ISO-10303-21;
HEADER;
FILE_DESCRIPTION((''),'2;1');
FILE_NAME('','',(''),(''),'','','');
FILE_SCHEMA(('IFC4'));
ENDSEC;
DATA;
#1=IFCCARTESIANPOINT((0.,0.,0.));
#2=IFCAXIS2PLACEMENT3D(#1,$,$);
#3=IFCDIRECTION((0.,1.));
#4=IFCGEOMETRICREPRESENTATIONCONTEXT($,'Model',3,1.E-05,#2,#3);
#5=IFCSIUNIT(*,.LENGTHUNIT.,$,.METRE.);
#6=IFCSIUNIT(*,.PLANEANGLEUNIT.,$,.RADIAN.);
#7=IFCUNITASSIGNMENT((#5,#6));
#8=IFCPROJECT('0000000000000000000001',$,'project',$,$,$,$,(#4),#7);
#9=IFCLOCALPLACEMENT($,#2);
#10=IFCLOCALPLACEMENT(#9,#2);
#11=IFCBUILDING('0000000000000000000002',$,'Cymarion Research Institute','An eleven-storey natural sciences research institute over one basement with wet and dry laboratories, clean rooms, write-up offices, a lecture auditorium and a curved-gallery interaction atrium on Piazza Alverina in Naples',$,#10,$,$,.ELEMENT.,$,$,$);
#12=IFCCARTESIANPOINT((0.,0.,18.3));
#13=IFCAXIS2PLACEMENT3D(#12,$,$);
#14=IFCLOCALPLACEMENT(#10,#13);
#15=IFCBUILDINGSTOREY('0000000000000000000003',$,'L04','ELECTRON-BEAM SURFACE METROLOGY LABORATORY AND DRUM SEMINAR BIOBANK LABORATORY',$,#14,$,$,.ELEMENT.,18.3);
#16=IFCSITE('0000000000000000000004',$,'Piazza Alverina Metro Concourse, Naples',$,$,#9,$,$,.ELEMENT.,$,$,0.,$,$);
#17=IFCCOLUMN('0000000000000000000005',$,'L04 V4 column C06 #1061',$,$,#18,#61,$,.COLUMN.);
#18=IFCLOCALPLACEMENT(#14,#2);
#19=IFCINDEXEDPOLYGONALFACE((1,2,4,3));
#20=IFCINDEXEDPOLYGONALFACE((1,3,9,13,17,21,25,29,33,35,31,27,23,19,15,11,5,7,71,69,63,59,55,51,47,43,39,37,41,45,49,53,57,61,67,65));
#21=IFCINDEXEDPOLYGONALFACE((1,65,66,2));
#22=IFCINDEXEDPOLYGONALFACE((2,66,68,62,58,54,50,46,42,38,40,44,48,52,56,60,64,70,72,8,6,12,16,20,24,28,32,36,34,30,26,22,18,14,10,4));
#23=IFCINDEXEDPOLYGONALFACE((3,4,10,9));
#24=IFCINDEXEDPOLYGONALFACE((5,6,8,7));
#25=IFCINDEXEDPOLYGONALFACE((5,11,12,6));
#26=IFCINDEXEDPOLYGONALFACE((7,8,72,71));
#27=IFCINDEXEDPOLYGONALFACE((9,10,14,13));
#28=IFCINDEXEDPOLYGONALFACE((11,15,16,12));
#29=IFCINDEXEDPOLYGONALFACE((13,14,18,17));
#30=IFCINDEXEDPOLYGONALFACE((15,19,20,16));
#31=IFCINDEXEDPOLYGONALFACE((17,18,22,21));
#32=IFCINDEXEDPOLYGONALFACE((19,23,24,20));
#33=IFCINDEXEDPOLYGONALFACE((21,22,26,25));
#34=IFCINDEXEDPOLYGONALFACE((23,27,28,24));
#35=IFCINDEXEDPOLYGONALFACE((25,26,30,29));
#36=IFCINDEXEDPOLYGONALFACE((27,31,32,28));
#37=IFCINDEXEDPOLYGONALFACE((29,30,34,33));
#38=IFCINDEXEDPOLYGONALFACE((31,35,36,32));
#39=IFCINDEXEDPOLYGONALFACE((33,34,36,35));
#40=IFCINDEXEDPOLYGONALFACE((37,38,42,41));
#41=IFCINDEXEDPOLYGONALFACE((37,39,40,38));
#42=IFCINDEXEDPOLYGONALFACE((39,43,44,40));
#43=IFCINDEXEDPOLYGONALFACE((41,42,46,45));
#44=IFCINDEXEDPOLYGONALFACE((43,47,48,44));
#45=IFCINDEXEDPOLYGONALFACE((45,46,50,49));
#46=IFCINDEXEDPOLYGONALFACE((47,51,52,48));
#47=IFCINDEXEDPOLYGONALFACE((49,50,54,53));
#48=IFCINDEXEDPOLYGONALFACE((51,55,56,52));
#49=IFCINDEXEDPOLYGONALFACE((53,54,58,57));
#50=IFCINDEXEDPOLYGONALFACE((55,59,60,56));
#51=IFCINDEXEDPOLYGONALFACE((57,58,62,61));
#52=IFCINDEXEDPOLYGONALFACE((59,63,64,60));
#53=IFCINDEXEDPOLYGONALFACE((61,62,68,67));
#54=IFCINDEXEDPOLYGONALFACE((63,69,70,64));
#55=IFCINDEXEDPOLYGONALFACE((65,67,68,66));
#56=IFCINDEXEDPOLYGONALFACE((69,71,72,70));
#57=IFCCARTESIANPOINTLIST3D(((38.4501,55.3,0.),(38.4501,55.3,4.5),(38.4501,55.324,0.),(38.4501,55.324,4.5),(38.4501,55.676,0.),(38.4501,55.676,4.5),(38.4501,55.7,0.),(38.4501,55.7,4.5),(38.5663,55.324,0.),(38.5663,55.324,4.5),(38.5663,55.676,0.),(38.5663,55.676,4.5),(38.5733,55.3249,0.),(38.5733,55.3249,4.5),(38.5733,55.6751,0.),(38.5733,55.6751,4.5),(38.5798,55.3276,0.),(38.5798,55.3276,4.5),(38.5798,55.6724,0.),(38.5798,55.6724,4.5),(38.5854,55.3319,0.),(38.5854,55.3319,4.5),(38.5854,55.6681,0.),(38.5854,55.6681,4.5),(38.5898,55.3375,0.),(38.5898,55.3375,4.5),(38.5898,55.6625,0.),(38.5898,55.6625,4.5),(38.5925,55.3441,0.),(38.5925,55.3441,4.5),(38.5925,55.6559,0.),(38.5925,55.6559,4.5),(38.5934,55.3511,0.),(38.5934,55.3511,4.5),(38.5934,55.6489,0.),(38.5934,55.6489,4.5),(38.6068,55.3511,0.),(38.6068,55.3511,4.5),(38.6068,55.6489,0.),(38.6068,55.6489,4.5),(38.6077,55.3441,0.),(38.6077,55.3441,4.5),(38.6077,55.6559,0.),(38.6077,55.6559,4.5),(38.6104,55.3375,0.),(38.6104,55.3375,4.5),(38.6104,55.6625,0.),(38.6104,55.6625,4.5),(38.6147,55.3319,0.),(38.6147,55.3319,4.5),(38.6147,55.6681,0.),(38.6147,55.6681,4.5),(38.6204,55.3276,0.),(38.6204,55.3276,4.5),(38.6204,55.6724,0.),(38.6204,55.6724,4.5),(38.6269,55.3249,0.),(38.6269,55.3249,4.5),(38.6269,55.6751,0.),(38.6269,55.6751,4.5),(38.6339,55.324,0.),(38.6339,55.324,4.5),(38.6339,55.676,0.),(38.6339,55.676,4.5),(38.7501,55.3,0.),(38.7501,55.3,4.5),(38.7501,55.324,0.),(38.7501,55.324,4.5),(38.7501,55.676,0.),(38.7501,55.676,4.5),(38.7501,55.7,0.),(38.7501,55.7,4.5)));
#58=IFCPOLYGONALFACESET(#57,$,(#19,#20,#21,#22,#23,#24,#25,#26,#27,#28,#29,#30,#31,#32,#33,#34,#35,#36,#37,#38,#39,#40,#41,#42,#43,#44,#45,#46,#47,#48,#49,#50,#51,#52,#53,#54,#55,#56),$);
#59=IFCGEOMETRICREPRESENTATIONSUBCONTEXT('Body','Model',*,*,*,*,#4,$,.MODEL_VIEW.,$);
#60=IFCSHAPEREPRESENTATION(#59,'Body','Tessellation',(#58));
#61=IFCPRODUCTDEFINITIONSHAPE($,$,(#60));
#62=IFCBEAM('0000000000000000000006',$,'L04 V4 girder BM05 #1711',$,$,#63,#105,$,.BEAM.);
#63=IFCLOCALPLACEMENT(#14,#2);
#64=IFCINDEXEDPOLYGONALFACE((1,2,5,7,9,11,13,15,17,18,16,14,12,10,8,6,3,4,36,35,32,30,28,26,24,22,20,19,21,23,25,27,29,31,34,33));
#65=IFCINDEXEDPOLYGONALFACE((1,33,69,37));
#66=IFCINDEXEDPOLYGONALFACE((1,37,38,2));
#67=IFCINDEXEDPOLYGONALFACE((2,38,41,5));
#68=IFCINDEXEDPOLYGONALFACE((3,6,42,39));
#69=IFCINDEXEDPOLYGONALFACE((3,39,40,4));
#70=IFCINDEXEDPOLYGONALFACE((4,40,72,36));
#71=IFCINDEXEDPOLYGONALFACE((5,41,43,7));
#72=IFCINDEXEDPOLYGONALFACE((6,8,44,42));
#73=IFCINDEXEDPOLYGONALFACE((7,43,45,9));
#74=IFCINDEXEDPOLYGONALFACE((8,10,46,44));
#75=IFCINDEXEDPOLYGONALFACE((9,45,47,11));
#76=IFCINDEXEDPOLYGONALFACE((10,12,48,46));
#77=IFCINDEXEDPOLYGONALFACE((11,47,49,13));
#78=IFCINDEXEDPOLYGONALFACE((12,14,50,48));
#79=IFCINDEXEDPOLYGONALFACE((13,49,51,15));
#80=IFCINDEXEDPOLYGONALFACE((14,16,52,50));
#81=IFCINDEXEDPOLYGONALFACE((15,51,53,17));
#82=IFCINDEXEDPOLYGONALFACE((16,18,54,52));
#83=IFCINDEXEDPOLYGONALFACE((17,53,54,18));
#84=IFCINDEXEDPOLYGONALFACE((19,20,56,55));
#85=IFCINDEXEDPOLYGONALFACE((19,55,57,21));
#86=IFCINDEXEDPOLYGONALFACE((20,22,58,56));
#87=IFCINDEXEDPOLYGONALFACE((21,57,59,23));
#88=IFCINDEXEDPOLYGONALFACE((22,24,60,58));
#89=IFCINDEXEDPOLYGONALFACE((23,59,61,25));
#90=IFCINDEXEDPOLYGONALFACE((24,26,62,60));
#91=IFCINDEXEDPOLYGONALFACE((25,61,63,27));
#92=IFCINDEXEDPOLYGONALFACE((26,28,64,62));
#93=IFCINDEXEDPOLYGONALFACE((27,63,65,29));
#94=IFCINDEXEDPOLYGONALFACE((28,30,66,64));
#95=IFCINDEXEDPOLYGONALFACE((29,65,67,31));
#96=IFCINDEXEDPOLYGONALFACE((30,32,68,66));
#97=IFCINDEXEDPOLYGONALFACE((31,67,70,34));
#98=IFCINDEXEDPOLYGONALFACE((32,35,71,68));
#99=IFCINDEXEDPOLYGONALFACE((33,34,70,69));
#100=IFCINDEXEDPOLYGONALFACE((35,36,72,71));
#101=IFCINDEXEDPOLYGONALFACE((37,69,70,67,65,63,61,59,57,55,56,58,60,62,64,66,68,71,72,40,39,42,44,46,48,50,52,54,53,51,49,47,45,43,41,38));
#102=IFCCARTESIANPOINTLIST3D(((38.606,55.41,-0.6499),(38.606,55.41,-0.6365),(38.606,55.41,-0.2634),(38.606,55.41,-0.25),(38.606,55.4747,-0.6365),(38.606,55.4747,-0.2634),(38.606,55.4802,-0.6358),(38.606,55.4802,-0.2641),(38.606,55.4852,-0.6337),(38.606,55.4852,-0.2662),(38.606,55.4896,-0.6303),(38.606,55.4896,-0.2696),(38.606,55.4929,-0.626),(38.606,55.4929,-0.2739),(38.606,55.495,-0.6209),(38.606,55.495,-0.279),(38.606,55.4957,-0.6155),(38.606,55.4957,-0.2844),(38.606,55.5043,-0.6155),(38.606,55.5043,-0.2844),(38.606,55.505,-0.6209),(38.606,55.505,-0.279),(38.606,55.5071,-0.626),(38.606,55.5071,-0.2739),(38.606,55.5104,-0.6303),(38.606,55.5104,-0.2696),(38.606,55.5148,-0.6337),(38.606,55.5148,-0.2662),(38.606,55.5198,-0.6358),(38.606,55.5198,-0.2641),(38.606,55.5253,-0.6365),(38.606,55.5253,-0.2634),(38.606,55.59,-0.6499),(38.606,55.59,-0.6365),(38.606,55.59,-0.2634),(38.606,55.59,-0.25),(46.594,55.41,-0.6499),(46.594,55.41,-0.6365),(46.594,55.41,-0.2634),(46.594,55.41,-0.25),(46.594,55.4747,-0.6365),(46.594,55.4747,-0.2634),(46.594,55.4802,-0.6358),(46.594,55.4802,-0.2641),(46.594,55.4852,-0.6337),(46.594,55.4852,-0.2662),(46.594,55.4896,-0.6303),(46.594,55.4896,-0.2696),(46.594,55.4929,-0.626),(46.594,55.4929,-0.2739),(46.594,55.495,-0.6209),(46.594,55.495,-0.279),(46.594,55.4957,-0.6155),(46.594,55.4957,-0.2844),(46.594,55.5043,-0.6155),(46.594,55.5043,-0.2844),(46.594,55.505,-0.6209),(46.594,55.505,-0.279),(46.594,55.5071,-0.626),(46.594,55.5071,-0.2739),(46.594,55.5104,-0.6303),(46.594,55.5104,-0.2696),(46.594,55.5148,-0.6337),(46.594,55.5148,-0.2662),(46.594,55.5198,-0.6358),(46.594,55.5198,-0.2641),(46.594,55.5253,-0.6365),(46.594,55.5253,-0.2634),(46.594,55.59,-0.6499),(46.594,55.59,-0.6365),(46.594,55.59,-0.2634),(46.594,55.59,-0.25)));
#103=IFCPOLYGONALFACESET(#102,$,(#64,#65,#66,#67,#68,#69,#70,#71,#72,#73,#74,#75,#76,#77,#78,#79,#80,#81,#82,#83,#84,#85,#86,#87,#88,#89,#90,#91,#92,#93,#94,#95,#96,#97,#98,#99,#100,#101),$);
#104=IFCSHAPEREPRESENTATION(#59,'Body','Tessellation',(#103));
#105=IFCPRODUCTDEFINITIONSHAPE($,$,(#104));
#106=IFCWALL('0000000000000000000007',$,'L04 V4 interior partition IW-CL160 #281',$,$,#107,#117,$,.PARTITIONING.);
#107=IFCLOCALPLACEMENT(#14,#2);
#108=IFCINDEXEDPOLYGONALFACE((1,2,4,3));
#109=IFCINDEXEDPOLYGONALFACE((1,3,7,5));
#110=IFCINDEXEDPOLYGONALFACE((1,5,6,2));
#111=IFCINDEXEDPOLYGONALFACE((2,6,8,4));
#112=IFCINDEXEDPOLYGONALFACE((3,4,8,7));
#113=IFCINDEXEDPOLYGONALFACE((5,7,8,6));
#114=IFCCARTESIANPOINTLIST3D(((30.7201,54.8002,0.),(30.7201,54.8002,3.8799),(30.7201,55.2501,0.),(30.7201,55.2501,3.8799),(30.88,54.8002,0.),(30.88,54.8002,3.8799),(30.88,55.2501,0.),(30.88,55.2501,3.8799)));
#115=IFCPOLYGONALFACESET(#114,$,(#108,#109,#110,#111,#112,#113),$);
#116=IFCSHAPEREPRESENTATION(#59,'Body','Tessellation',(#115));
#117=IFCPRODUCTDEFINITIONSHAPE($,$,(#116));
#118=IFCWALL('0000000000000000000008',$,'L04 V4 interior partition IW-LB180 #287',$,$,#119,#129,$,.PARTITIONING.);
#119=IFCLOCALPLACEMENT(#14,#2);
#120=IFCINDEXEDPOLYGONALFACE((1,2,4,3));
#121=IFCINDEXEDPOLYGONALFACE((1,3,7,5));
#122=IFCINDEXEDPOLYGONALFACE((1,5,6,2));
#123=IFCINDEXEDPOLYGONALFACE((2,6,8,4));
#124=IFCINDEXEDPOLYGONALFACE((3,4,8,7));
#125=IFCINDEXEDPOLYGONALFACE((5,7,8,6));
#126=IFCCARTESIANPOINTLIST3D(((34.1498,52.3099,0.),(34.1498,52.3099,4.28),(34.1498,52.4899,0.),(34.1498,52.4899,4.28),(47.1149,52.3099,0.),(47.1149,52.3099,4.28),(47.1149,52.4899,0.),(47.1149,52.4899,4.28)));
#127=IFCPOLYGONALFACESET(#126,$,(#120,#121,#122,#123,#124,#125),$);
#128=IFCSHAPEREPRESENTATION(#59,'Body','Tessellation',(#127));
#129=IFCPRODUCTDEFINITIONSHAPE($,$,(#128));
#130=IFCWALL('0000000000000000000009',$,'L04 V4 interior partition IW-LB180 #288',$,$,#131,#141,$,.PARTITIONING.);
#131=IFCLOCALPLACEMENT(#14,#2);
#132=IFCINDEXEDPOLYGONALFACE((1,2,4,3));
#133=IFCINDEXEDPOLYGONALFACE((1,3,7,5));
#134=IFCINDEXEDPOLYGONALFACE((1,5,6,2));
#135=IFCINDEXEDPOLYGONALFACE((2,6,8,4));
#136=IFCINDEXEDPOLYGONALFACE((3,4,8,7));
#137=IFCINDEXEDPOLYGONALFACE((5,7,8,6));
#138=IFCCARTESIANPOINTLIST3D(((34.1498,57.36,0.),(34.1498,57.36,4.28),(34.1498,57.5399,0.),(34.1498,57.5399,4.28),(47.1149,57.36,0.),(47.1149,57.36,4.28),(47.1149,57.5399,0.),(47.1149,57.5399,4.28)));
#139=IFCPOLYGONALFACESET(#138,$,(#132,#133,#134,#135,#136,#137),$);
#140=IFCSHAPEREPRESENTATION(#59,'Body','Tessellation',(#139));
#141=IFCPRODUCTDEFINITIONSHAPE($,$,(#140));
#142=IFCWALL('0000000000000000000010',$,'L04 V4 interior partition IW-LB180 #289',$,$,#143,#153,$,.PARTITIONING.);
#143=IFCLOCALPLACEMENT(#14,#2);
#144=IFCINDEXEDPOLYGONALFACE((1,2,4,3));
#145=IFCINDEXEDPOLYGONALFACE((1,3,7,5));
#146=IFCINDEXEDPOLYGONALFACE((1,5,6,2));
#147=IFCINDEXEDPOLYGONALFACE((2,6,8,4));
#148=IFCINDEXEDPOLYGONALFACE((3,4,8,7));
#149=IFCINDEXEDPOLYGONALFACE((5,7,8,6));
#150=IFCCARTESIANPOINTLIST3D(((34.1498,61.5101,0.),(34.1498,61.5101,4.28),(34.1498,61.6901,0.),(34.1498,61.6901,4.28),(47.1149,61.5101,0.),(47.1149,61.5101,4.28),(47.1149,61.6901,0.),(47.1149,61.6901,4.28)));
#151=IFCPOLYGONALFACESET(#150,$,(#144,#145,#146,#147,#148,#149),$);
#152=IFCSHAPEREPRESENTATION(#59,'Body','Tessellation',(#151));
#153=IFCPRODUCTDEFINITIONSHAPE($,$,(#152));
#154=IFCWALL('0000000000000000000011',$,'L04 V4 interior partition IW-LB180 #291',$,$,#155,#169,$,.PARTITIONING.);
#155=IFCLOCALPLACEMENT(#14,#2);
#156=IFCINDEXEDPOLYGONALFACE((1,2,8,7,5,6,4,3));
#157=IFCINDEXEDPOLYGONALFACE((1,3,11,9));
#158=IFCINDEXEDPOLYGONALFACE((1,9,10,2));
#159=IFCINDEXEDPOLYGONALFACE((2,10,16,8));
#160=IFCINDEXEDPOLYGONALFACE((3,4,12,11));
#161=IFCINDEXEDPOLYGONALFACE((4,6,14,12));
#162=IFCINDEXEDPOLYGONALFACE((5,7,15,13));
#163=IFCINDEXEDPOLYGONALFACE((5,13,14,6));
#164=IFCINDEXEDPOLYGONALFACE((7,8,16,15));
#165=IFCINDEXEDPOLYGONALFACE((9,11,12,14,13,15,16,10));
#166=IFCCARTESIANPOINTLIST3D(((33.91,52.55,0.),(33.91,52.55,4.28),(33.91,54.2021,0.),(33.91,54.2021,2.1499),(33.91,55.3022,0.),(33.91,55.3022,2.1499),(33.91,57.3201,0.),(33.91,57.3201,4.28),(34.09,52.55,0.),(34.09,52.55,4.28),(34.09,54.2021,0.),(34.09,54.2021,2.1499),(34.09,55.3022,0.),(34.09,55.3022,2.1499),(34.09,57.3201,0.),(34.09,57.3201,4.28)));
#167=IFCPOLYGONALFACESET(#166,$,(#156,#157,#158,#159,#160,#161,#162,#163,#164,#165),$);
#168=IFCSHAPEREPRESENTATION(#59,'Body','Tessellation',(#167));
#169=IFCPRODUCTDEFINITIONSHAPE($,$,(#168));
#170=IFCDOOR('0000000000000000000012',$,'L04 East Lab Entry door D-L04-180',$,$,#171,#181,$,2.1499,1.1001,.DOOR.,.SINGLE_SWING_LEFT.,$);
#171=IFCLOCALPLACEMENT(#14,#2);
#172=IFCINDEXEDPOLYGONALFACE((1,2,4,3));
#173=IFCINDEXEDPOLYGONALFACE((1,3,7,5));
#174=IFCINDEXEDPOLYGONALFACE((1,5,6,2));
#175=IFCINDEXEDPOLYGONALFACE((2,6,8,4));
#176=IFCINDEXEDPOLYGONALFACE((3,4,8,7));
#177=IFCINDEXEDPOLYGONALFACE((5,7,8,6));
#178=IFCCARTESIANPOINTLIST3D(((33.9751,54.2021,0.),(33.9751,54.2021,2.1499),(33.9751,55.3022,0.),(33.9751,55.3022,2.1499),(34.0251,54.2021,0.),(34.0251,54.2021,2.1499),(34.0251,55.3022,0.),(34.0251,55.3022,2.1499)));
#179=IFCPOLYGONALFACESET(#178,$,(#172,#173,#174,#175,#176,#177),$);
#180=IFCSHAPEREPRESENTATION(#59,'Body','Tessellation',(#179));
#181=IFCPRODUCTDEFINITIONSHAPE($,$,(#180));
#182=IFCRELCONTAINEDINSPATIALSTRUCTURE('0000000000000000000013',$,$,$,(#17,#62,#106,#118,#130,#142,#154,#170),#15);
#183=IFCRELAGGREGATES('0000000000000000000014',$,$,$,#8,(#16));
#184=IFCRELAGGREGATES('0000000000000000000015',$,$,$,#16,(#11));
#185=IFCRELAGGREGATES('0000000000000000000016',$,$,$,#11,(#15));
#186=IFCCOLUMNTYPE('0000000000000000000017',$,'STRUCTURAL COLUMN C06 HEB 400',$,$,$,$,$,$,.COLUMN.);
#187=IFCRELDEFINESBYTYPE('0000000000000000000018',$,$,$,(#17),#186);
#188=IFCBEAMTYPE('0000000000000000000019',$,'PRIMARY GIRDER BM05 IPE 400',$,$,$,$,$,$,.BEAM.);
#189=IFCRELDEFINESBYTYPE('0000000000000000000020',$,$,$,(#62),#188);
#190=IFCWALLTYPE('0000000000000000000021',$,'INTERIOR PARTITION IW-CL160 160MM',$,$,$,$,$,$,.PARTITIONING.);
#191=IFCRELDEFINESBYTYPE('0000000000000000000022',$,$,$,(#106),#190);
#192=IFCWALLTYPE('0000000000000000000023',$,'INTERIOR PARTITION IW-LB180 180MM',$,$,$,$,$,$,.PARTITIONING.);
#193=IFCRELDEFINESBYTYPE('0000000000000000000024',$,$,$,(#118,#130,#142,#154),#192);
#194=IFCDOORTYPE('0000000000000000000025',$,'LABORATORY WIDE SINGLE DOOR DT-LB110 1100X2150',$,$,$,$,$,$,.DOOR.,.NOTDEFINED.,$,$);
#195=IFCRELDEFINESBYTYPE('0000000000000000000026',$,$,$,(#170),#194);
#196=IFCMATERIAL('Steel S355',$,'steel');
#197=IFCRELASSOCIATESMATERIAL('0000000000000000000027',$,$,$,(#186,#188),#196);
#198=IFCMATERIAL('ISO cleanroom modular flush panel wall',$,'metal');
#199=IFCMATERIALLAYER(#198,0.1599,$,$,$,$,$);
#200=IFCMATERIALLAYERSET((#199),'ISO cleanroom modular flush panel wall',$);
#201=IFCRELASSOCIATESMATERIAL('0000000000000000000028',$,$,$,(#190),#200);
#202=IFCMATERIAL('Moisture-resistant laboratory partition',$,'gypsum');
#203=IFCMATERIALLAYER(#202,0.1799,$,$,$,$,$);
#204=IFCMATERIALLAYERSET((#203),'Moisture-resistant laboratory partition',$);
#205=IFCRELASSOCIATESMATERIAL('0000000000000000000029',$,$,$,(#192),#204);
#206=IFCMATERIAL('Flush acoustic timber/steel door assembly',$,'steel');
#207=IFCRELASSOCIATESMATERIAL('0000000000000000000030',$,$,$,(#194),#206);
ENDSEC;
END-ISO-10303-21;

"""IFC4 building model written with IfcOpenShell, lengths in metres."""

from ifc_helpers import new_model, si_unit, direction, frame, frame_2d, origin, origin_2d, place, context, subcontext, project, spatial, rectangle, i_section, extrude, material, layer, layer_set, material_profile, profile_set, type_object, element, fill, save


model = new_model("IFC4")

# Units and contexts
model_context = context("Model", 3, precision=1e-05, world=origin(), true_north=direction((0.0, 1.0)))
body_context = subcontext(model_context, "Body", "Model", "MODEL_VIEW")
ifc_project = project(units=[si_unit("LENGTHUNIT", "METRE"), si_unit("PLANEANGLEUNIT", "RADIAN")], contexts=[model_context])

# Site, building, storey
site_placement = place(None, origin())
site = spatial("IfcSite", under=ifc_project, at=site_placement, Name="Piazza Alverina Metro Concourse, Naples", CompositionType="ELEMENT", RefElevation=0.0)
building_placement = place(site_placement, origin())
building = spatial("IfcBuilding", under=site, at=building_placement, Name="Cymarion Research Institute", Description="An eleven-storey natural sciences research institute over one basement with wet and dry laboratories, clean rooms, write-up offices, a lecture auditorium and a curved-gallery interaction atrium on Piazza Alverina in Naples", CompositionType="ELEMENT")
storey_placement = place(building_placement, frame((0.0, 0.0, 18.3)))
storey = spatial("IfcBuildingStorey", under=building, at=storey_placement, Name="L04", Description="ELECTRON-BEAM SURFACE METROLOGY LABORATORY AND DRUM SEMINAR BIOBANK LABORATORY", CompositionType="ELEMENT", Elevation=18.3)

# Column
ifc_material_1 = material(Name="Steel S355", Category="steel")
ifc_material_profile_1 = material_profile(ifc_material_1, i_section(OverallWidth=0.3, OverallDepth=0.3999, WebThickness=0.0134, FlangeThickness=0.0239, FilletRadius=0.0271, at=origin_2d()), Name="HEB 400")
ifc_profile_set_1 = profile_set([ifc_material_profile_1], Name="Steel S355")
column_type = type_object("IfcColumnType", Name="STRUCTURAL COLUMN C06 HEB 400", PredefinedType="COLUMN", material=ifc_profile_set_1)
column_placement = place(storey_placement, frame((38.6001, 55.5, 0.0), z_axis=(0.0, 0.0, 1.0), x_axis=(1.0, 0.0, 0.0)))
element("IfcColumn", 1, at=column_placement, inside=storey, type_object=column_type, Name="L04 V4 column C06 #1061", PredefinedType="COLUMN", context=body_context, shape_type="SweptSolid", body=[
    extrude(i_section(OverallWidth=0.3, OverallDepth=0.3999, WebThickness=0.0134, FlangeThickness=0.0239, FilletRadius=0.0271, at=origin_2d()), origin(), (0.0, 0.0, 1.0), 4.5),
])

# Beam
ifc_material_profile_2 = material_profile(ifc_material_1, i_section(OverallWidth=0.1799, OverallDepth=0.3999, WebThickness=0.0085, FlangeThickness=0.0134, FilletRadius=0.021, at=origin_2d()), Name="IPE 400")
ifc_profile_set_2 = profile_set([ifc_material_profile_2], Name="Steel S355")
beam_type = type_object("IfcBeamType", Name="PRIMARY GIRDER BM05 IPE 400", PredefinedType="BEAM", material=ifc_profile_set_2)
beam_placement = place(storey_placement, frame((38.606, 55.5, -0.45), z_axis=(1.0, 0.0, 0.0), x_axis=(0.0, 1.0, 0.0)))
element("IfcBeam", 2, at=beam_placement, inside=storey, type_object=beam_type, Name="L04 V4 girder BM05 #1711", PredefinedType="BEAM", context=body_context, shape_type="SweptSolid", body=[
    extrude(i_section(OverallWidth=0.1799, OverallDepth=0.3999, WebThickness=0.0085, FlangeThickness=0.0134, FilletRadius=0.021, at=origin_2d()), origin(), (0.0, 0.0, 1.0), 7.988),
])

# Wall
ifc_material_2 = material(Name="ISO cleanroom modular flush panel wall", Category="metal")
ifc_layer_1 = layer(ifc_material_2, 0.1599)
ifc_layer_set_1 = layer_set([ifc_layer_1], Name="ISO cleanroom modular flush panel wall")
wall_type_1 = type_object("IfcWallType", Name="INTERIOR PARTITION IW-CL160 160MM", PredefinedType="PARTITIONING", material=ifc_layer_set_1)
wall_1_placement = place(storey_placement, frame((30.8, 54.8, 0.0), z_axis=(0.0, 0.0, 1.0), x_axis=(0.0, 1.0, 0.0)))
element("IfcWall", 3, at=wall_1_placement, inside=storey, type_object=wall_type_1, Name="L04 V4 interior partition IW-CL160 #281", PredefinedType="PARTITIONING", context=body_context, shape_type="SweptSolid", body=[
    extrude(rectangle(XDim=0.45, YDim=0.1599, at=frame_2d((0.2251, 0.0))), origin(), (0.0, 0.0, 1.0), 3.8799),
])

# Shared definitions
ifc_material_3 = material(Name="Flush acoustic timber/steel door assembly", Category="steel")

# Walls
ifc_material_4 = material(Name="Moisture-resistant laboratory partition", Category="gypsum")
ifc_layer_2 = layer(ifc_material_4, 0.1799)
ifc_layer_set_2 = layer_set([ifc_layer_2], Name="Moisture-resistant laboratory partition")
wall_type_2 = type_object("IfcWallType", Name="INTERIOR PARTITION IW-LB180 180MM", PredefinedType="PARTITIONING", material=ifc_layer_set_2)
for number, where, z_axis, x_axis, name in (
    (4, (34.1499, 52.3999, 0.0), (0.0, 0.0, 1.0), (1.0, 0.0, 0.0), "L04 V4 interior partition IW-LB180 #287"),
    (5, (34.1499, 57.45, 0.0), (0.0, 0.0, 1.0), (1.0, 0.0, 0.0), "L04 V4 interior partition IW-LB180 #288"),
    (6, (34.1499, 61.6001, 0.0), (0.0, 0.0, 1.0), (1.0, 0.0, 0.0), "L04 V4 interior partition IW-LB180 #289"),
):
    element("IfcWall", number, at=place(storey_placement, frame(where, z_axis=z_axis, x_axis=x_axis)), inside=storey, type_object=wall_type_2, Name=name, PredefinedType="PARTITIONING", context=body_context, shape_type="SweptSolid", body=[
        extrude(rectangle(XDim=12.9651, YDim=0.1799, at=frame_2d((6.4824, 0.0))), origin(), (0.0, 0.0, 1.0), 4.28),
    ])

# Wall, opening, door
wall_2_placement = place(storey_placement, frame((34.0, 52.55, 0.0), z_axis=(0.0, 0.0, 1.0), x_axis=(0.0, 1.0, 0.0)))
wall_2 = element("IfcWall", 7, at=wall_2_placement, inside=storey, type_object=wall_type_2, Name="L04 V4 interior partition IW-LB180 #291", PredefinedType="PARTITIONING", context=body_context, shape_type="SweptSolid", body=[
    extrude(rectangle(XDim=4.77, YDim=0.1799, at=frame_2d((2.385, 0.0))), origin(), (0.0, 0.0, 1.0), 4.28),
])
opening_1_placement = place(wall_2_placement, frame((1.6521, 0.0, 0.0)))
opening_1 = element("IfcOpeningElement", 8, at=opening_1_placement, cuts=wall_2, PredefinedType="OPENING", context=body_context, shape_type="SweptSolid", body=[
    extrude(rectangle(XDim=1.1001, YDim=2.1499, at=frame_2d((0.55, 1.075))), frame((0.0, 0.0999, 0.0), z_axis=(0.0, -1.0, 0.0), x_axis=(1.0, 0.0, 0.0)), (0.0, 0.0, 1.0), 0.2),
])
door_type_1 = type_object("IfcDoorType", Name="LABORATORY WIDE SINGLE DOOR DT-LB110 1100X2150", OperationType="NOTDEFINED", PredefinedType="DOOR", material=ifc_material_3)
door_1_placement = place(opening_1_placement, origin())
door_1 = element("IfcDoor", 9, at=door_1_placement, inside=storey, type_object=door_type_1, Name="L04 East Lab Entry door D-L04-180", OperationType="SINGLE_SWING_LEFT", OverallHeight=2.1499, OverallWidth=1.1001, PredefinedType="DOOR", context=body_context, shape_type="SweptSolid", body=[
    extrude(rectangle(XDim=1.1001, YDim=2.1499, at=frame_2d((0.55, 1.075))), frame((0.0, 0.0249, 0.0), z_axis=(0.0, -1.0, 0.0), x_axis=(1.0, 0.0, 0.0)), (0.0, 0.0, 1.0), 0.05),
])
fill(opening_1, door_1)

save(model, "model.ifc")
